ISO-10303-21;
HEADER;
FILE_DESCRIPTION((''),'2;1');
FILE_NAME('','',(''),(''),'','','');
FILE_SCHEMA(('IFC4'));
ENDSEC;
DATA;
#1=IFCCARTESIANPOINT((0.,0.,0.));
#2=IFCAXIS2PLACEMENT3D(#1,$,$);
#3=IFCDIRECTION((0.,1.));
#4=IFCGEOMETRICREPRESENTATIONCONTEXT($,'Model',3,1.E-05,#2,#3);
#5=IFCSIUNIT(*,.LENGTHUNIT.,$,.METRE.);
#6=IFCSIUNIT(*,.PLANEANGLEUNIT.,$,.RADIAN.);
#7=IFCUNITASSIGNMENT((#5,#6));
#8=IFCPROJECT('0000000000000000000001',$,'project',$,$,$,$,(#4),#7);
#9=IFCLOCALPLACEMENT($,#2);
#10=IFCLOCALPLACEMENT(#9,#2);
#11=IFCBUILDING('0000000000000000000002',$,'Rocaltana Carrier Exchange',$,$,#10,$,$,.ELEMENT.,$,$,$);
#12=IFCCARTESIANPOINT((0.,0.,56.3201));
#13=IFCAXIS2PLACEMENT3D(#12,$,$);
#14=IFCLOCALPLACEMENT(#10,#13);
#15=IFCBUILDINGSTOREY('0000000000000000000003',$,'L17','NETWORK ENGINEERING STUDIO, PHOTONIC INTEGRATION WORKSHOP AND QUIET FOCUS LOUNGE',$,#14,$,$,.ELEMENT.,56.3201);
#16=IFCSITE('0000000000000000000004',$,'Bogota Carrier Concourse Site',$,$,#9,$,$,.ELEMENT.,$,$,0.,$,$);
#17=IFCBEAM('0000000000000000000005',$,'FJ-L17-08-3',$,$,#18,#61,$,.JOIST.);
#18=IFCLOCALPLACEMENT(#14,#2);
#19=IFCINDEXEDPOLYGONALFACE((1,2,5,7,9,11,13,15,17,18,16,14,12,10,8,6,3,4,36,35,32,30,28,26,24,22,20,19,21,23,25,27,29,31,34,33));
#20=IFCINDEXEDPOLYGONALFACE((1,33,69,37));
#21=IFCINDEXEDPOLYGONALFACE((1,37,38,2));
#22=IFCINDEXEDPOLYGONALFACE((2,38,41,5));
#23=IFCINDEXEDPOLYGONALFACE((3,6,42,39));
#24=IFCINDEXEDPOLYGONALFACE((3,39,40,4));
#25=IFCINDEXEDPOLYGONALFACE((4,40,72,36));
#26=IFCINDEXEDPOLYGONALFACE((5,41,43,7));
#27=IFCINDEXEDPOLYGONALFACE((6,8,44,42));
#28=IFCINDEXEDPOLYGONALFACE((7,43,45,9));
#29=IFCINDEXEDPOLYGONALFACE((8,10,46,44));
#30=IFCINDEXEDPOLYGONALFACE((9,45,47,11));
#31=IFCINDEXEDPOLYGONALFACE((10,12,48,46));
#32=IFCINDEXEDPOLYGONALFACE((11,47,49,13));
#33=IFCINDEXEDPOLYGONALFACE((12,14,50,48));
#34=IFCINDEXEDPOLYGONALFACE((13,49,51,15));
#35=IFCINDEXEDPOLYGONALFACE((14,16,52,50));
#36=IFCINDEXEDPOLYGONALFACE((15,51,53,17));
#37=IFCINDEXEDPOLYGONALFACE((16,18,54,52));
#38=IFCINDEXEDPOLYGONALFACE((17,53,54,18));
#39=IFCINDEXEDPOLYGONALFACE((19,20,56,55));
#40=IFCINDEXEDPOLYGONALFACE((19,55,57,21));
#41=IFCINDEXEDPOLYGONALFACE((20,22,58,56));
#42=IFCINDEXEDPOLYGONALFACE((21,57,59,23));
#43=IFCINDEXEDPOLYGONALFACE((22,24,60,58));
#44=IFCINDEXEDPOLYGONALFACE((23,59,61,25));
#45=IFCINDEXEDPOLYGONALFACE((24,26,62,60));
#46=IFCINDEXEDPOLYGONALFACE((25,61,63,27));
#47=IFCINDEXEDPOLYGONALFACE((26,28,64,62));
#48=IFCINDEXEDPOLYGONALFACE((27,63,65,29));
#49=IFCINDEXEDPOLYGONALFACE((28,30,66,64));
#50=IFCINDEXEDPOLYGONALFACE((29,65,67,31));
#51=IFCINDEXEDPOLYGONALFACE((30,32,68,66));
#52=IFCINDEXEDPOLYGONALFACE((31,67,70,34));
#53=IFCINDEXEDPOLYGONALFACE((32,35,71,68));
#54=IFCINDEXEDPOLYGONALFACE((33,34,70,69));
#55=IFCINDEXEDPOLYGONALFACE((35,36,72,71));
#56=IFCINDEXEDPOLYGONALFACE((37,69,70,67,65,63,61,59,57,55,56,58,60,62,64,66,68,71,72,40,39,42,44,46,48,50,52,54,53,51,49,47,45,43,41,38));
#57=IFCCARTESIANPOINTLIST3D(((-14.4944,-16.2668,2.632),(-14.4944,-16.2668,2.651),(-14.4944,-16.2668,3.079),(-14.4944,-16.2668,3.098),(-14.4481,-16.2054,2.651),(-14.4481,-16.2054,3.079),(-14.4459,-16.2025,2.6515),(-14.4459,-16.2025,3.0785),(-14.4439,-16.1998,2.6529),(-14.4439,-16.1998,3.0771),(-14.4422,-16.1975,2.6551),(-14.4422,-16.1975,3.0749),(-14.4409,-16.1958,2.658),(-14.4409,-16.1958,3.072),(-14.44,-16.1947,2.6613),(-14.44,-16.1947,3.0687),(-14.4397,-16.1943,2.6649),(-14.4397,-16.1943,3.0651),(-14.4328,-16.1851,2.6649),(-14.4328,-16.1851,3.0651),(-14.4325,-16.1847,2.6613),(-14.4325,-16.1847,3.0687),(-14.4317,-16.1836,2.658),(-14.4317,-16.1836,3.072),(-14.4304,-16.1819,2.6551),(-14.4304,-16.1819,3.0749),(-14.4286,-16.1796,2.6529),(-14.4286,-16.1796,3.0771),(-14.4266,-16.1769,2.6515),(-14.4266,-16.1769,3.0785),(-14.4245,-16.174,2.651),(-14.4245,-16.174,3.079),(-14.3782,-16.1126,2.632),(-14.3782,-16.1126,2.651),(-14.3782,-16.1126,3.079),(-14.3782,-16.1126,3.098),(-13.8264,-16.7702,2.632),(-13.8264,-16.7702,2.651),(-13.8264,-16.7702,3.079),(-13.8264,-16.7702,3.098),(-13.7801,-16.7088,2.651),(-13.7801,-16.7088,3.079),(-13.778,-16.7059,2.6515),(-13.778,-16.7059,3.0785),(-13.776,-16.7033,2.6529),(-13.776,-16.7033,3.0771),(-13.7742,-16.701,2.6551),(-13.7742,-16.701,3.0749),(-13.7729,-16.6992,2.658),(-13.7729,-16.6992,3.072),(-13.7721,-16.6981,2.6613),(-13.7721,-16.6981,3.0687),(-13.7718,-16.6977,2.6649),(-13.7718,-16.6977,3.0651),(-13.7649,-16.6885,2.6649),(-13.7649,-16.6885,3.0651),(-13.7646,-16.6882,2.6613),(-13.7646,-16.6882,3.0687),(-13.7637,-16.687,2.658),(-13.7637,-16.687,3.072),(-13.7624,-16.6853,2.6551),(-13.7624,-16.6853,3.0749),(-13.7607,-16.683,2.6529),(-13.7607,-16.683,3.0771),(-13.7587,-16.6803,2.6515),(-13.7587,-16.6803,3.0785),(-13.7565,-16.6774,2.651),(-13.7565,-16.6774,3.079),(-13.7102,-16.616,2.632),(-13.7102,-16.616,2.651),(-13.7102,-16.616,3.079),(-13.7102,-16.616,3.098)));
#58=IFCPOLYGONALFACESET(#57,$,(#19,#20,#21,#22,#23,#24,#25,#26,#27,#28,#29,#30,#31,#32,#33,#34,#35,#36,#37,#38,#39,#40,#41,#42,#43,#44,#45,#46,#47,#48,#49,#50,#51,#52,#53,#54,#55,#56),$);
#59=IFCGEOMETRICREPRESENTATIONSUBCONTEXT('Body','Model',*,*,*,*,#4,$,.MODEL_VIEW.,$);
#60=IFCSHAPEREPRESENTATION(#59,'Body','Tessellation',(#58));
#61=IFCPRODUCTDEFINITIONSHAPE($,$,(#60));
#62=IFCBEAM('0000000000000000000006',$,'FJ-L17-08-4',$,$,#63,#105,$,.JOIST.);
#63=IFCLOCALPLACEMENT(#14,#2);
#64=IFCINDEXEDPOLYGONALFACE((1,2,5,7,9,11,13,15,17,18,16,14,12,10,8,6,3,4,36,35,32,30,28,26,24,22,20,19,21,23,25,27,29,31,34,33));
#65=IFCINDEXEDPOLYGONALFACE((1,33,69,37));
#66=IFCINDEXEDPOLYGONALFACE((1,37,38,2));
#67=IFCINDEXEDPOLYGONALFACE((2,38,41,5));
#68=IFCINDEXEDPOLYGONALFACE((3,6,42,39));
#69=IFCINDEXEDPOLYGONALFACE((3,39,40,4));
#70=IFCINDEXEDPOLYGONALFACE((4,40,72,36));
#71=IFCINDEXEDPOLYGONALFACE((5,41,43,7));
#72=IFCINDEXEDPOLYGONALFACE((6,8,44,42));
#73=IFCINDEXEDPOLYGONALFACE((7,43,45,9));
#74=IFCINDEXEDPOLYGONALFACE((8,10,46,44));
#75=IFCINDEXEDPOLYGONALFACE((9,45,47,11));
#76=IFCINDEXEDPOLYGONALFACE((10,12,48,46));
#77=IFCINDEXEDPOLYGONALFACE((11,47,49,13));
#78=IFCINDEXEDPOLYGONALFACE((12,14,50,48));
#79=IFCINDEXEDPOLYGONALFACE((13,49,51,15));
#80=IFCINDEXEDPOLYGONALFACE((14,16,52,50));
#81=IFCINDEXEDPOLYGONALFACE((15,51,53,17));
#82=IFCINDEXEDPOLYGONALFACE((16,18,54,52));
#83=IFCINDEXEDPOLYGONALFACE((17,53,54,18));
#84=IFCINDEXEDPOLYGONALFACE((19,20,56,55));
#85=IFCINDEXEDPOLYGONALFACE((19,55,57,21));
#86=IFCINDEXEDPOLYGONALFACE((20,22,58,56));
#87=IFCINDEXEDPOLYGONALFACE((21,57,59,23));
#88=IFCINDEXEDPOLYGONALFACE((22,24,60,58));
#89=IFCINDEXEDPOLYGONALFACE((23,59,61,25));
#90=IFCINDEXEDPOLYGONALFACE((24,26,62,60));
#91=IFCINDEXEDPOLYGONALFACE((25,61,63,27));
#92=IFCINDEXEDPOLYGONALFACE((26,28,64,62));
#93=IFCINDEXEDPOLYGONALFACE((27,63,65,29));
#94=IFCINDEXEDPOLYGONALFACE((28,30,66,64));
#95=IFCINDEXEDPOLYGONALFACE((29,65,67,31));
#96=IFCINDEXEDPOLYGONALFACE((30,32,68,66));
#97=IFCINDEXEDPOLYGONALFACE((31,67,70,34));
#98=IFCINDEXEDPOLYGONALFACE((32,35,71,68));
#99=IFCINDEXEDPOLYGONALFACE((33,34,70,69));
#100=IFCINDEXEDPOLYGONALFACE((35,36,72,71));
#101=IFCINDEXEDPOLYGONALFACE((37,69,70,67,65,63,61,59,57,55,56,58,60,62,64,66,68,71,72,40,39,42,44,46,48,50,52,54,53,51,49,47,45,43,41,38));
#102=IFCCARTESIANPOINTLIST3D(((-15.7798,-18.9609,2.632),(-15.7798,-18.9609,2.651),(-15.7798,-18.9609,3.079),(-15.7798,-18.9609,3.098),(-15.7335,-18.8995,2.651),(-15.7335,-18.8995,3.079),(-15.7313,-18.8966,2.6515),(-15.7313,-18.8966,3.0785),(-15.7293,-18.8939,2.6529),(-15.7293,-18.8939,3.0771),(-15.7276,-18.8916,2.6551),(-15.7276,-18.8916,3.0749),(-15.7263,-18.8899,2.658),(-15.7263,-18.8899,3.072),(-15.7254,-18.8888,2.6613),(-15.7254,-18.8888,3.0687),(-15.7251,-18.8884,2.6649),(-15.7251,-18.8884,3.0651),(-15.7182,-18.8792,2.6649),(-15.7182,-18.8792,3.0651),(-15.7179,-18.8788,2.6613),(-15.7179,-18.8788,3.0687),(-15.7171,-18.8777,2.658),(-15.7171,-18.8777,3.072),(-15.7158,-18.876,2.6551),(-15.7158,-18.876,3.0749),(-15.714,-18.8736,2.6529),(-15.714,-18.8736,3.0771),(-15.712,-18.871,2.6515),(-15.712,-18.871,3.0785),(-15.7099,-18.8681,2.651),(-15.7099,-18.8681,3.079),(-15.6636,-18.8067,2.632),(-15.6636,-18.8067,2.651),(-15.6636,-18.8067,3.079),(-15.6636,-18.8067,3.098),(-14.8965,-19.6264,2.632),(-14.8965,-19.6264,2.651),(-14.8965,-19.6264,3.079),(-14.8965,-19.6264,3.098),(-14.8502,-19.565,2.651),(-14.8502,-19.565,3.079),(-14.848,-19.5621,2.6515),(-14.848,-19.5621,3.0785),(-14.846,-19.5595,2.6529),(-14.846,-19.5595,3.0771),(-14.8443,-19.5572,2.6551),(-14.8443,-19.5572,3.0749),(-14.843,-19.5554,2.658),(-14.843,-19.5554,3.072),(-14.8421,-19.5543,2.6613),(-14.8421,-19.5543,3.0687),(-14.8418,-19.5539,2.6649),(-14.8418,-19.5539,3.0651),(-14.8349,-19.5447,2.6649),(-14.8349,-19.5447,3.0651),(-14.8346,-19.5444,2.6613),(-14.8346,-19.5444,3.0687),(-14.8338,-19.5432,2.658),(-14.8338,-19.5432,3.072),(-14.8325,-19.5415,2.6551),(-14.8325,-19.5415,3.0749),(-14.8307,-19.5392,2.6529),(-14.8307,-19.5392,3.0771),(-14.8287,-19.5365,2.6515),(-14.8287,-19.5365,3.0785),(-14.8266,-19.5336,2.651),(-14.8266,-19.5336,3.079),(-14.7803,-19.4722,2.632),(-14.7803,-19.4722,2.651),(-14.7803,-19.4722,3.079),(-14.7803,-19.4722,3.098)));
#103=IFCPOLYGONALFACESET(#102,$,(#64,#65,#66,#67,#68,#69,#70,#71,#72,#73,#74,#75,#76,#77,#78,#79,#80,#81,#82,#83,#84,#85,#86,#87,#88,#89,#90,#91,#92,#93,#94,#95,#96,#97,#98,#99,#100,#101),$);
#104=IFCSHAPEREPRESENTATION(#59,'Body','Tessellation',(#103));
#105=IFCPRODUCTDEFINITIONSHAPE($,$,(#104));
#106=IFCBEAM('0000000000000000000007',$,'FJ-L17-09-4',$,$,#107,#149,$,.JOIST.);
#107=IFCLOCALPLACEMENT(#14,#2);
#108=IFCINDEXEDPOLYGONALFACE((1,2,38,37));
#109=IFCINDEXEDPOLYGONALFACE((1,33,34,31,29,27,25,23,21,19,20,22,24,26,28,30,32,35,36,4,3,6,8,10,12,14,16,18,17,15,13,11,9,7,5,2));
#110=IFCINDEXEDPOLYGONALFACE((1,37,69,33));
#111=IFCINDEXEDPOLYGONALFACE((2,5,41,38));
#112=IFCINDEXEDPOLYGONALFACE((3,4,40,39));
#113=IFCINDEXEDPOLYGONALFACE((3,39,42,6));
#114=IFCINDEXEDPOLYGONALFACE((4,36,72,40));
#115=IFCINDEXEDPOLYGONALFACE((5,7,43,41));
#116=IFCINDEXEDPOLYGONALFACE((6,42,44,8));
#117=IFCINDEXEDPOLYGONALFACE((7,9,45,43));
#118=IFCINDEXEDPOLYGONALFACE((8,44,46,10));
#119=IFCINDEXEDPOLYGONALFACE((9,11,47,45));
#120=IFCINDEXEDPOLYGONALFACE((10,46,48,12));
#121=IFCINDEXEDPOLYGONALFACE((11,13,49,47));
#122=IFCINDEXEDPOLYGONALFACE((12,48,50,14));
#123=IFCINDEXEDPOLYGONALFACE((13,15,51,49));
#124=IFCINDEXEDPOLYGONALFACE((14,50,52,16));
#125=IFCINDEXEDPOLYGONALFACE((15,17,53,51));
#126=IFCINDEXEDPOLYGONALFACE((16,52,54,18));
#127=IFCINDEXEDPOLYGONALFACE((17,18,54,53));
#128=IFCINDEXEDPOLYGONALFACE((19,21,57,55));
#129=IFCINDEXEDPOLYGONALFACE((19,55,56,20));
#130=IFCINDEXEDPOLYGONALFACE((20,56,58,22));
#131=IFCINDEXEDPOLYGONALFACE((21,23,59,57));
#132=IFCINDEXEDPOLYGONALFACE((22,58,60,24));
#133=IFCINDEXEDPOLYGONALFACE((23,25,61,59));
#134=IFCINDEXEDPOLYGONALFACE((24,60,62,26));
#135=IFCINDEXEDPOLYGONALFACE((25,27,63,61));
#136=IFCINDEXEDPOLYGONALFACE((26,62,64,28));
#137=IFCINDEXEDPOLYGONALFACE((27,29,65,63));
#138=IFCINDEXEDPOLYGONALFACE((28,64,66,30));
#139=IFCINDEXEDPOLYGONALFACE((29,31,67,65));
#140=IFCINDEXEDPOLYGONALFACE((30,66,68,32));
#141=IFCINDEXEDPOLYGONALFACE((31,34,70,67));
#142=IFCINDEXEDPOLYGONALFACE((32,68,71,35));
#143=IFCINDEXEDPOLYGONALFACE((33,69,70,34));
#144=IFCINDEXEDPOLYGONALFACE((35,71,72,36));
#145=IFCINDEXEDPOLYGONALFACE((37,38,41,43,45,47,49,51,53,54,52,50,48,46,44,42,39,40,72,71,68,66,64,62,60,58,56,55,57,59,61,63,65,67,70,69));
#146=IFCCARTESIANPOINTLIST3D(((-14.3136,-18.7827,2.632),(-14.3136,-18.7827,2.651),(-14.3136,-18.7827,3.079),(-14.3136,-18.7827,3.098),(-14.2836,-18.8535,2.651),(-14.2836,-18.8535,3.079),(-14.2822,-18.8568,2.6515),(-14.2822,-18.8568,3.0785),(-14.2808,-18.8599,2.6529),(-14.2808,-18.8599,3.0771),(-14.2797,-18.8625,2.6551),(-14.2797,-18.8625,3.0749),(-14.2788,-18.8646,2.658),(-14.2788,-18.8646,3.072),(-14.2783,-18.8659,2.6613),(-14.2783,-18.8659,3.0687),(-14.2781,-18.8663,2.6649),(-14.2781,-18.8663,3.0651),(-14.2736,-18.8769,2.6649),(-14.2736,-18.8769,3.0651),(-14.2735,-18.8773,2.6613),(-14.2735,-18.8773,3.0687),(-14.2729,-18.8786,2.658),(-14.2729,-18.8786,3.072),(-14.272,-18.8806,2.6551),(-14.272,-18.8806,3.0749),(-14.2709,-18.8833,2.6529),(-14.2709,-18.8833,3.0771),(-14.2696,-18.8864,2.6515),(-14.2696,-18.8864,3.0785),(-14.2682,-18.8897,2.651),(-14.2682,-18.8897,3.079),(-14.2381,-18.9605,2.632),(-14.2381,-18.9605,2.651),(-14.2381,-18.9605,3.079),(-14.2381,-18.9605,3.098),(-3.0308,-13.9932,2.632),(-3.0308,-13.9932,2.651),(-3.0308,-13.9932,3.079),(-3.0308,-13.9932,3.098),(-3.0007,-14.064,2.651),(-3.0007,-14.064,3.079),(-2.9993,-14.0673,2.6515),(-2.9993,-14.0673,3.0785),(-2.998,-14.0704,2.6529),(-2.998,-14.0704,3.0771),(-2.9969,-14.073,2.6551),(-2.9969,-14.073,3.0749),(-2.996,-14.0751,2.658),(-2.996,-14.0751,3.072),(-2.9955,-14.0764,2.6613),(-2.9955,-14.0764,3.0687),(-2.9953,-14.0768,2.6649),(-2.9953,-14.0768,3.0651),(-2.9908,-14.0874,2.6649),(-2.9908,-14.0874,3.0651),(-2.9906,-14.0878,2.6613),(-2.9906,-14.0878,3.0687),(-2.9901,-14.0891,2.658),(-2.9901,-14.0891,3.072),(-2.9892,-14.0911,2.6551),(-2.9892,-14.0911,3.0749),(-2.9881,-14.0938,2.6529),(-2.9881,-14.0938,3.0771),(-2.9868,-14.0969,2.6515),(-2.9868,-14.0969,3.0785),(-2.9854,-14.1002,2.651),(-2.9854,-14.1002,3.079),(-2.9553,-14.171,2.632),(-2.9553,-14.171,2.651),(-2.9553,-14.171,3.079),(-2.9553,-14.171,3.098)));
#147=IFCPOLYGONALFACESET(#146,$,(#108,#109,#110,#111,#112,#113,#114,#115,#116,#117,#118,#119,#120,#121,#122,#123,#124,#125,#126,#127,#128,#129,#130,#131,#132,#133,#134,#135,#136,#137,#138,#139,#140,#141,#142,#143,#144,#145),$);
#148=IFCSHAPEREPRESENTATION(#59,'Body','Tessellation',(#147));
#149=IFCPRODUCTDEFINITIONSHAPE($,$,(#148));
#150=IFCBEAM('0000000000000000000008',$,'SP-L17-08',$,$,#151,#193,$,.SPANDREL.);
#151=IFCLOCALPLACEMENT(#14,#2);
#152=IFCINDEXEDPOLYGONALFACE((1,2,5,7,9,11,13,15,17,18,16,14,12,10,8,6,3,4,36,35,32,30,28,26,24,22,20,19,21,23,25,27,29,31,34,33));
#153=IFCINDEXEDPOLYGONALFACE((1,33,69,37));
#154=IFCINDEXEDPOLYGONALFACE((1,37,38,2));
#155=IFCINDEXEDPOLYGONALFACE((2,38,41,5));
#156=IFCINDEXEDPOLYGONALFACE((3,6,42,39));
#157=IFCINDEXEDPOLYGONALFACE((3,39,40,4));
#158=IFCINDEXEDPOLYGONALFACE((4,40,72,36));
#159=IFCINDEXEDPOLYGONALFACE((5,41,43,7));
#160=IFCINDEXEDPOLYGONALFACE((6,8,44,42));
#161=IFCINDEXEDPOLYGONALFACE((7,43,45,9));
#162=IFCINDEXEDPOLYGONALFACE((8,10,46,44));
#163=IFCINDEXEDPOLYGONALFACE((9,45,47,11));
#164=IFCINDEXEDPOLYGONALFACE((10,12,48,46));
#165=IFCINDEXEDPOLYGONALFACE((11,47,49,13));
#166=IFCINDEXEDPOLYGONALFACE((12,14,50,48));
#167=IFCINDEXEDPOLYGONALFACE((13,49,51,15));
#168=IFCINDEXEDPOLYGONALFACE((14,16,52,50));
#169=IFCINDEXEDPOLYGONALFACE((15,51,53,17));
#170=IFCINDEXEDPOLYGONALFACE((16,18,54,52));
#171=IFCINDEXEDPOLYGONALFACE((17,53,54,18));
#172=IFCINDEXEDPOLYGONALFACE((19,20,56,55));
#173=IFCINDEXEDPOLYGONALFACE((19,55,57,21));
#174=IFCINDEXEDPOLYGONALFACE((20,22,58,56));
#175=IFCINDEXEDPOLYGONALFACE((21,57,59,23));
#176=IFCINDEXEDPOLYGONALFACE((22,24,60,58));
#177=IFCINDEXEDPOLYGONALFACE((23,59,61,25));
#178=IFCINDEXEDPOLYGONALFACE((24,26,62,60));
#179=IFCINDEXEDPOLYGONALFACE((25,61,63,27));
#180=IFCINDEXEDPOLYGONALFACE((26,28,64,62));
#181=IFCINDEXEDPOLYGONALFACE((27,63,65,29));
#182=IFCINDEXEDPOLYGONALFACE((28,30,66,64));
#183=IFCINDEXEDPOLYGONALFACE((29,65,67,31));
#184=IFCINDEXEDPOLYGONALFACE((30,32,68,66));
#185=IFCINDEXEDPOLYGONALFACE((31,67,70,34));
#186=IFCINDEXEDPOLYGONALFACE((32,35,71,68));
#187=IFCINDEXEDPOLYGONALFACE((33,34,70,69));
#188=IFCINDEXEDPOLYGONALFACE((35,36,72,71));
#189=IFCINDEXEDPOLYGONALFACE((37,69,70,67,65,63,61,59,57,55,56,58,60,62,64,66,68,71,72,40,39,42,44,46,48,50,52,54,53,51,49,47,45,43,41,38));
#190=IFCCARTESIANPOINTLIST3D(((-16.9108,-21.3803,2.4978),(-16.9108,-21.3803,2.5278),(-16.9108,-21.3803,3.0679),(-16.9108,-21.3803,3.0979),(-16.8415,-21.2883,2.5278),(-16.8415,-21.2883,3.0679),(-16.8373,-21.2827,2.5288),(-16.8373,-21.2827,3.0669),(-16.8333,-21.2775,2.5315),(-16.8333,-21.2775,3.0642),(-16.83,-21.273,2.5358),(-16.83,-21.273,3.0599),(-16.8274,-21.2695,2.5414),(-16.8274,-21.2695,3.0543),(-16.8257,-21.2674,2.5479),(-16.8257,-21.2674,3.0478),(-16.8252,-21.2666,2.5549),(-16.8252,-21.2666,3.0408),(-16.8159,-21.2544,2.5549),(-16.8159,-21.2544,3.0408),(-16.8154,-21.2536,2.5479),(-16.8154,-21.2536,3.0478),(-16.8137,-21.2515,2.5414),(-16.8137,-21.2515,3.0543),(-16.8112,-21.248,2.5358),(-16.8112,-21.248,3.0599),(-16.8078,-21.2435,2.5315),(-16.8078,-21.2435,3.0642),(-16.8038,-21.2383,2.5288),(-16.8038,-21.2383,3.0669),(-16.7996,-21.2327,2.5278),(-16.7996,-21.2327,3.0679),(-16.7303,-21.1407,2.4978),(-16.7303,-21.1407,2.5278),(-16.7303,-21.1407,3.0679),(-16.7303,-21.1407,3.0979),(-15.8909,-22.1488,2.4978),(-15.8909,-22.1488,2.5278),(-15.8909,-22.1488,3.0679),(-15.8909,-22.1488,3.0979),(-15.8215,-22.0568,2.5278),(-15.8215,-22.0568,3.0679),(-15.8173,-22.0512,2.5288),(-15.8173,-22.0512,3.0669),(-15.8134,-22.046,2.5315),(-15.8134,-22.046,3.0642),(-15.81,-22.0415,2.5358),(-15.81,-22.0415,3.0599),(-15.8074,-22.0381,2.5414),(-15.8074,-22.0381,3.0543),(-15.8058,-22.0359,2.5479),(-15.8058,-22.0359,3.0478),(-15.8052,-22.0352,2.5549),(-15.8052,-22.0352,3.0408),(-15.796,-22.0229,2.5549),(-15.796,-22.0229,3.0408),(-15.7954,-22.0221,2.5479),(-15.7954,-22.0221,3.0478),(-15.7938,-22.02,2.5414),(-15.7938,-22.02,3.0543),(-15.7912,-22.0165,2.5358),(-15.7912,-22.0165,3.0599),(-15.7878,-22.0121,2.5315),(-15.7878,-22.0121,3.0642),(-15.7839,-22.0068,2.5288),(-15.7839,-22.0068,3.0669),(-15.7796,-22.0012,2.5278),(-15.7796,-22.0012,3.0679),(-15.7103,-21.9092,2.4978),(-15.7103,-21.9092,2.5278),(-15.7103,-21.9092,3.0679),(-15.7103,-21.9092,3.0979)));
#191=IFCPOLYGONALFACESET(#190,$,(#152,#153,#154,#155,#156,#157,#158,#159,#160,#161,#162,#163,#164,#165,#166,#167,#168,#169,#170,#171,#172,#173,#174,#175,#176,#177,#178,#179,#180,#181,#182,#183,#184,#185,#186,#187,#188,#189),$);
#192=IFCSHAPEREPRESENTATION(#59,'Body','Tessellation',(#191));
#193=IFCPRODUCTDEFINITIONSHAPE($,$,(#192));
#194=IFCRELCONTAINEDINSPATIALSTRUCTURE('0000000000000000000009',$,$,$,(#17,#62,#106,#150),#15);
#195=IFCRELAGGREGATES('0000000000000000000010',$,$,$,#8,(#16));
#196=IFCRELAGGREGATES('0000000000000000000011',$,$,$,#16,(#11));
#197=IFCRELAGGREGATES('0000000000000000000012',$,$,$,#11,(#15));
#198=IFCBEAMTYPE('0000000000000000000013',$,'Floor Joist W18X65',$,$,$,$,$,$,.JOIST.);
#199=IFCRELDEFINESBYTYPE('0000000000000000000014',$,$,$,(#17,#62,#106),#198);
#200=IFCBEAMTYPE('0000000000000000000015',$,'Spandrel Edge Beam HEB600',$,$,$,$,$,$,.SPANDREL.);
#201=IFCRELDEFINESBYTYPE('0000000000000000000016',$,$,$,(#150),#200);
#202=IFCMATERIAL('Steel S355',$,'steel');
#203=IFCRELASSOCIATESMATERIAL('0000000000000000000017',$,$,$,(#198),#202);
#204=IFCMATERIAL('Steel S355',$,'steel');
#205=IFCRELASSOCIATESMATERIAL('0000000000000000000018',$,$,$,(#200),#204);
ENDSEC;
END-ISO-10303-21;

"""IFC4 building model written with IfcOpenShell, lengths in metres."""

from ifc_helpers import new_model, si_unit, direction, frame, origin, origin_2d, place, context, subcontext, project, spatial, i_section, extrude, material, material_profile, profile_set, type_object, element, save


model = new_model("IFC4")

# Units and contexts
model_context = context("Model", 3, precision=1e-05, world=origin(), true_north=direction((0.0, 1.0)))
body_context = subcontext(model_context, "Body", "Model", "MODEL_VIEW")
ifc_project = project(units=[si_unit("LENGTHUNIT", "METRE"), si_unit("PLANEANGLEUNIT", "RADIAN")], contexts=[model_context])

# Site, building, storey
site_placement = place(None, origin())
site = spatial("IfcSite", under=ifc_project, at=site_placement, Name="Bogota Carrier Concourse Site", CompositionType="ELEMENT", RefElevation=0.0)
building_placement = place(site_placement, origin())
building = spatial("IfcBuilding", under=site, at=building_placement, Name="Rocaltana Carrier Exchange", CompositionType="ELEMENT")
storey_placement = place(building_placement, frame((0.0, 0.0, 56.3201)))
storey = spatial("IfcBuildingStorey", under=building, at=storey_placement, Name="L17", Description="NETWORK ENGINEERING STUDIO, PHOTONIC INTEGRATION WORKSHOP AND QUIET FOCUS LOUNGE", CompositionType="ELEMENT", Elevation=56.3201)

# Beams
ifc_material_1 = material(Name="Steel S355", Category="steel")
ifc_material_profile_1 = material_profile(ifc_material_1, i_section(OverallWidth=0.1931, OverallDepth=0.4661, WebThickness=0.0115, FlangeThickness=0.019, FilletRadius=0.0139, at=origin_2d()), Name="W18X65")
ifc_profile_set_1 = profile_set([ifc_material_profile_1], Name="Steel S355")
beam_type_1 = type_object("IfcBeamType", Name="Floor Joist W18X65", PredefinedType="JOIST", material=ifc_profile_set_1)
beam_1_placement = place(storey_placement, frame((-14.4363, -16.1897, 2.865), z_axis=(0.798597, -0.601866, 0.0), x_axis=(0.601866, 0.798597, 0.0)))
element("IfcBeam", 1, at=beam_1_placement, inside=storey, type_object=beam_type_1, Name="FJ-L17-08-3", PredefinedType="JOIST", context=body_context, shape_type="SweptSolid", body=[
    extrude(i_section(OverallWidth=0.1931, OverallDepth=0.4661, WebThickness=0.0115, FlangeThickness=0.019, FilletRadius=0.0139, at=origin_2d()), origin(), (0.0, 0.0, 1.0), 0.8364),
])
beam_2_placement = place(storey_placement, frame((-15.7217, -18.8838, 2.865), z_axis=(0.798674, -0.601765, 0.0), x_axis=(0.601765, 0.798674, 0.0)))
element("IfcBeam", 2, at=beam_2_placement, inside=storey, type_object=beam_type_1, Name="FJ-L17-08-4", PredefinedType="JOIST", context=body_context, shape_type="SweptSolid", body=[
    extrude(i_section(OverallWidth=0.1931, OverallDepth=0.4661, WebThickness=0.0115, FlangeThickness=0.019, FilletRadius=0.0139, at=origin_2d()), origin(), (0.0, 0.0, 1.0), 1.106),
])
beam_3_placement = place(storey_placement, frame((-14.2759, -18.8716, 2.865), z_axis=(0.920498, 0.390746, 0.0), x_axis=(-0.390746, 0.920498, 0.0)))
element("IfcBeam", 3, at=beam_3_placement, inside=storey, type_object=beam_type_1, Name="FJ-L17-09-4", PredefinedType="JOIST", context=body_context, shape_type="SweptSolid", body=[
    extrude(i_section(OverallWidth=0.1931, OverallDepth=0.4661, WebThickness=0.0115, FlangeThickness=0.019, FilletRadius=0.0139, at=origin_2d()), origin(), (0.0, 0.0, 1.0), 12.2573),
])
ifc_material_2 = material(Name="Steel S355", Category="steel")
ifc_material_profile_2 = material_profile(ifc_material_2, i_section(OverallWidth=0.3, OverallDepth=0.6001, WebThickness=0.0154, FlangeThickness=0.03, FilletRadius=0.0271, at=origin_2d()), Name="HEB600")
ifc_profile_set_2 = profile_set([ifc_material_profile_2], Name="Steel S355")
beam_type_2 = type_object("IfcBeamType", Name="Spandrel Edge Beam HEB600", PredefinedType="SPANDREL", material=ifc_profile_set_2)
beam_4_placement = place(storey_placement, frame((-16.8206, -21.2605, 2.7979), z_axis=(0.798668, -0.601772, 0.0), x_axis=(0.601772, 0.798668, 0.0)))
element("IfcBeam", 4, at=beam_4_placement, inside=storey, type_object=beam_type_2, Name="SP-L17-08", PredefinedType="SPANDREL", context=body_context, shape_type="SweptSolid", body=[
    extrude(i_section(OverallWidth=0.3, OverallDepth=0.6001, WebThickness=0.0154, FlangeThickness=0.03, FilletRadius=0.0271, at=origin_2d()), origin(), (0.0, 0.0, 1.0), 1.2771),
])

save(model, "model.ifc")
